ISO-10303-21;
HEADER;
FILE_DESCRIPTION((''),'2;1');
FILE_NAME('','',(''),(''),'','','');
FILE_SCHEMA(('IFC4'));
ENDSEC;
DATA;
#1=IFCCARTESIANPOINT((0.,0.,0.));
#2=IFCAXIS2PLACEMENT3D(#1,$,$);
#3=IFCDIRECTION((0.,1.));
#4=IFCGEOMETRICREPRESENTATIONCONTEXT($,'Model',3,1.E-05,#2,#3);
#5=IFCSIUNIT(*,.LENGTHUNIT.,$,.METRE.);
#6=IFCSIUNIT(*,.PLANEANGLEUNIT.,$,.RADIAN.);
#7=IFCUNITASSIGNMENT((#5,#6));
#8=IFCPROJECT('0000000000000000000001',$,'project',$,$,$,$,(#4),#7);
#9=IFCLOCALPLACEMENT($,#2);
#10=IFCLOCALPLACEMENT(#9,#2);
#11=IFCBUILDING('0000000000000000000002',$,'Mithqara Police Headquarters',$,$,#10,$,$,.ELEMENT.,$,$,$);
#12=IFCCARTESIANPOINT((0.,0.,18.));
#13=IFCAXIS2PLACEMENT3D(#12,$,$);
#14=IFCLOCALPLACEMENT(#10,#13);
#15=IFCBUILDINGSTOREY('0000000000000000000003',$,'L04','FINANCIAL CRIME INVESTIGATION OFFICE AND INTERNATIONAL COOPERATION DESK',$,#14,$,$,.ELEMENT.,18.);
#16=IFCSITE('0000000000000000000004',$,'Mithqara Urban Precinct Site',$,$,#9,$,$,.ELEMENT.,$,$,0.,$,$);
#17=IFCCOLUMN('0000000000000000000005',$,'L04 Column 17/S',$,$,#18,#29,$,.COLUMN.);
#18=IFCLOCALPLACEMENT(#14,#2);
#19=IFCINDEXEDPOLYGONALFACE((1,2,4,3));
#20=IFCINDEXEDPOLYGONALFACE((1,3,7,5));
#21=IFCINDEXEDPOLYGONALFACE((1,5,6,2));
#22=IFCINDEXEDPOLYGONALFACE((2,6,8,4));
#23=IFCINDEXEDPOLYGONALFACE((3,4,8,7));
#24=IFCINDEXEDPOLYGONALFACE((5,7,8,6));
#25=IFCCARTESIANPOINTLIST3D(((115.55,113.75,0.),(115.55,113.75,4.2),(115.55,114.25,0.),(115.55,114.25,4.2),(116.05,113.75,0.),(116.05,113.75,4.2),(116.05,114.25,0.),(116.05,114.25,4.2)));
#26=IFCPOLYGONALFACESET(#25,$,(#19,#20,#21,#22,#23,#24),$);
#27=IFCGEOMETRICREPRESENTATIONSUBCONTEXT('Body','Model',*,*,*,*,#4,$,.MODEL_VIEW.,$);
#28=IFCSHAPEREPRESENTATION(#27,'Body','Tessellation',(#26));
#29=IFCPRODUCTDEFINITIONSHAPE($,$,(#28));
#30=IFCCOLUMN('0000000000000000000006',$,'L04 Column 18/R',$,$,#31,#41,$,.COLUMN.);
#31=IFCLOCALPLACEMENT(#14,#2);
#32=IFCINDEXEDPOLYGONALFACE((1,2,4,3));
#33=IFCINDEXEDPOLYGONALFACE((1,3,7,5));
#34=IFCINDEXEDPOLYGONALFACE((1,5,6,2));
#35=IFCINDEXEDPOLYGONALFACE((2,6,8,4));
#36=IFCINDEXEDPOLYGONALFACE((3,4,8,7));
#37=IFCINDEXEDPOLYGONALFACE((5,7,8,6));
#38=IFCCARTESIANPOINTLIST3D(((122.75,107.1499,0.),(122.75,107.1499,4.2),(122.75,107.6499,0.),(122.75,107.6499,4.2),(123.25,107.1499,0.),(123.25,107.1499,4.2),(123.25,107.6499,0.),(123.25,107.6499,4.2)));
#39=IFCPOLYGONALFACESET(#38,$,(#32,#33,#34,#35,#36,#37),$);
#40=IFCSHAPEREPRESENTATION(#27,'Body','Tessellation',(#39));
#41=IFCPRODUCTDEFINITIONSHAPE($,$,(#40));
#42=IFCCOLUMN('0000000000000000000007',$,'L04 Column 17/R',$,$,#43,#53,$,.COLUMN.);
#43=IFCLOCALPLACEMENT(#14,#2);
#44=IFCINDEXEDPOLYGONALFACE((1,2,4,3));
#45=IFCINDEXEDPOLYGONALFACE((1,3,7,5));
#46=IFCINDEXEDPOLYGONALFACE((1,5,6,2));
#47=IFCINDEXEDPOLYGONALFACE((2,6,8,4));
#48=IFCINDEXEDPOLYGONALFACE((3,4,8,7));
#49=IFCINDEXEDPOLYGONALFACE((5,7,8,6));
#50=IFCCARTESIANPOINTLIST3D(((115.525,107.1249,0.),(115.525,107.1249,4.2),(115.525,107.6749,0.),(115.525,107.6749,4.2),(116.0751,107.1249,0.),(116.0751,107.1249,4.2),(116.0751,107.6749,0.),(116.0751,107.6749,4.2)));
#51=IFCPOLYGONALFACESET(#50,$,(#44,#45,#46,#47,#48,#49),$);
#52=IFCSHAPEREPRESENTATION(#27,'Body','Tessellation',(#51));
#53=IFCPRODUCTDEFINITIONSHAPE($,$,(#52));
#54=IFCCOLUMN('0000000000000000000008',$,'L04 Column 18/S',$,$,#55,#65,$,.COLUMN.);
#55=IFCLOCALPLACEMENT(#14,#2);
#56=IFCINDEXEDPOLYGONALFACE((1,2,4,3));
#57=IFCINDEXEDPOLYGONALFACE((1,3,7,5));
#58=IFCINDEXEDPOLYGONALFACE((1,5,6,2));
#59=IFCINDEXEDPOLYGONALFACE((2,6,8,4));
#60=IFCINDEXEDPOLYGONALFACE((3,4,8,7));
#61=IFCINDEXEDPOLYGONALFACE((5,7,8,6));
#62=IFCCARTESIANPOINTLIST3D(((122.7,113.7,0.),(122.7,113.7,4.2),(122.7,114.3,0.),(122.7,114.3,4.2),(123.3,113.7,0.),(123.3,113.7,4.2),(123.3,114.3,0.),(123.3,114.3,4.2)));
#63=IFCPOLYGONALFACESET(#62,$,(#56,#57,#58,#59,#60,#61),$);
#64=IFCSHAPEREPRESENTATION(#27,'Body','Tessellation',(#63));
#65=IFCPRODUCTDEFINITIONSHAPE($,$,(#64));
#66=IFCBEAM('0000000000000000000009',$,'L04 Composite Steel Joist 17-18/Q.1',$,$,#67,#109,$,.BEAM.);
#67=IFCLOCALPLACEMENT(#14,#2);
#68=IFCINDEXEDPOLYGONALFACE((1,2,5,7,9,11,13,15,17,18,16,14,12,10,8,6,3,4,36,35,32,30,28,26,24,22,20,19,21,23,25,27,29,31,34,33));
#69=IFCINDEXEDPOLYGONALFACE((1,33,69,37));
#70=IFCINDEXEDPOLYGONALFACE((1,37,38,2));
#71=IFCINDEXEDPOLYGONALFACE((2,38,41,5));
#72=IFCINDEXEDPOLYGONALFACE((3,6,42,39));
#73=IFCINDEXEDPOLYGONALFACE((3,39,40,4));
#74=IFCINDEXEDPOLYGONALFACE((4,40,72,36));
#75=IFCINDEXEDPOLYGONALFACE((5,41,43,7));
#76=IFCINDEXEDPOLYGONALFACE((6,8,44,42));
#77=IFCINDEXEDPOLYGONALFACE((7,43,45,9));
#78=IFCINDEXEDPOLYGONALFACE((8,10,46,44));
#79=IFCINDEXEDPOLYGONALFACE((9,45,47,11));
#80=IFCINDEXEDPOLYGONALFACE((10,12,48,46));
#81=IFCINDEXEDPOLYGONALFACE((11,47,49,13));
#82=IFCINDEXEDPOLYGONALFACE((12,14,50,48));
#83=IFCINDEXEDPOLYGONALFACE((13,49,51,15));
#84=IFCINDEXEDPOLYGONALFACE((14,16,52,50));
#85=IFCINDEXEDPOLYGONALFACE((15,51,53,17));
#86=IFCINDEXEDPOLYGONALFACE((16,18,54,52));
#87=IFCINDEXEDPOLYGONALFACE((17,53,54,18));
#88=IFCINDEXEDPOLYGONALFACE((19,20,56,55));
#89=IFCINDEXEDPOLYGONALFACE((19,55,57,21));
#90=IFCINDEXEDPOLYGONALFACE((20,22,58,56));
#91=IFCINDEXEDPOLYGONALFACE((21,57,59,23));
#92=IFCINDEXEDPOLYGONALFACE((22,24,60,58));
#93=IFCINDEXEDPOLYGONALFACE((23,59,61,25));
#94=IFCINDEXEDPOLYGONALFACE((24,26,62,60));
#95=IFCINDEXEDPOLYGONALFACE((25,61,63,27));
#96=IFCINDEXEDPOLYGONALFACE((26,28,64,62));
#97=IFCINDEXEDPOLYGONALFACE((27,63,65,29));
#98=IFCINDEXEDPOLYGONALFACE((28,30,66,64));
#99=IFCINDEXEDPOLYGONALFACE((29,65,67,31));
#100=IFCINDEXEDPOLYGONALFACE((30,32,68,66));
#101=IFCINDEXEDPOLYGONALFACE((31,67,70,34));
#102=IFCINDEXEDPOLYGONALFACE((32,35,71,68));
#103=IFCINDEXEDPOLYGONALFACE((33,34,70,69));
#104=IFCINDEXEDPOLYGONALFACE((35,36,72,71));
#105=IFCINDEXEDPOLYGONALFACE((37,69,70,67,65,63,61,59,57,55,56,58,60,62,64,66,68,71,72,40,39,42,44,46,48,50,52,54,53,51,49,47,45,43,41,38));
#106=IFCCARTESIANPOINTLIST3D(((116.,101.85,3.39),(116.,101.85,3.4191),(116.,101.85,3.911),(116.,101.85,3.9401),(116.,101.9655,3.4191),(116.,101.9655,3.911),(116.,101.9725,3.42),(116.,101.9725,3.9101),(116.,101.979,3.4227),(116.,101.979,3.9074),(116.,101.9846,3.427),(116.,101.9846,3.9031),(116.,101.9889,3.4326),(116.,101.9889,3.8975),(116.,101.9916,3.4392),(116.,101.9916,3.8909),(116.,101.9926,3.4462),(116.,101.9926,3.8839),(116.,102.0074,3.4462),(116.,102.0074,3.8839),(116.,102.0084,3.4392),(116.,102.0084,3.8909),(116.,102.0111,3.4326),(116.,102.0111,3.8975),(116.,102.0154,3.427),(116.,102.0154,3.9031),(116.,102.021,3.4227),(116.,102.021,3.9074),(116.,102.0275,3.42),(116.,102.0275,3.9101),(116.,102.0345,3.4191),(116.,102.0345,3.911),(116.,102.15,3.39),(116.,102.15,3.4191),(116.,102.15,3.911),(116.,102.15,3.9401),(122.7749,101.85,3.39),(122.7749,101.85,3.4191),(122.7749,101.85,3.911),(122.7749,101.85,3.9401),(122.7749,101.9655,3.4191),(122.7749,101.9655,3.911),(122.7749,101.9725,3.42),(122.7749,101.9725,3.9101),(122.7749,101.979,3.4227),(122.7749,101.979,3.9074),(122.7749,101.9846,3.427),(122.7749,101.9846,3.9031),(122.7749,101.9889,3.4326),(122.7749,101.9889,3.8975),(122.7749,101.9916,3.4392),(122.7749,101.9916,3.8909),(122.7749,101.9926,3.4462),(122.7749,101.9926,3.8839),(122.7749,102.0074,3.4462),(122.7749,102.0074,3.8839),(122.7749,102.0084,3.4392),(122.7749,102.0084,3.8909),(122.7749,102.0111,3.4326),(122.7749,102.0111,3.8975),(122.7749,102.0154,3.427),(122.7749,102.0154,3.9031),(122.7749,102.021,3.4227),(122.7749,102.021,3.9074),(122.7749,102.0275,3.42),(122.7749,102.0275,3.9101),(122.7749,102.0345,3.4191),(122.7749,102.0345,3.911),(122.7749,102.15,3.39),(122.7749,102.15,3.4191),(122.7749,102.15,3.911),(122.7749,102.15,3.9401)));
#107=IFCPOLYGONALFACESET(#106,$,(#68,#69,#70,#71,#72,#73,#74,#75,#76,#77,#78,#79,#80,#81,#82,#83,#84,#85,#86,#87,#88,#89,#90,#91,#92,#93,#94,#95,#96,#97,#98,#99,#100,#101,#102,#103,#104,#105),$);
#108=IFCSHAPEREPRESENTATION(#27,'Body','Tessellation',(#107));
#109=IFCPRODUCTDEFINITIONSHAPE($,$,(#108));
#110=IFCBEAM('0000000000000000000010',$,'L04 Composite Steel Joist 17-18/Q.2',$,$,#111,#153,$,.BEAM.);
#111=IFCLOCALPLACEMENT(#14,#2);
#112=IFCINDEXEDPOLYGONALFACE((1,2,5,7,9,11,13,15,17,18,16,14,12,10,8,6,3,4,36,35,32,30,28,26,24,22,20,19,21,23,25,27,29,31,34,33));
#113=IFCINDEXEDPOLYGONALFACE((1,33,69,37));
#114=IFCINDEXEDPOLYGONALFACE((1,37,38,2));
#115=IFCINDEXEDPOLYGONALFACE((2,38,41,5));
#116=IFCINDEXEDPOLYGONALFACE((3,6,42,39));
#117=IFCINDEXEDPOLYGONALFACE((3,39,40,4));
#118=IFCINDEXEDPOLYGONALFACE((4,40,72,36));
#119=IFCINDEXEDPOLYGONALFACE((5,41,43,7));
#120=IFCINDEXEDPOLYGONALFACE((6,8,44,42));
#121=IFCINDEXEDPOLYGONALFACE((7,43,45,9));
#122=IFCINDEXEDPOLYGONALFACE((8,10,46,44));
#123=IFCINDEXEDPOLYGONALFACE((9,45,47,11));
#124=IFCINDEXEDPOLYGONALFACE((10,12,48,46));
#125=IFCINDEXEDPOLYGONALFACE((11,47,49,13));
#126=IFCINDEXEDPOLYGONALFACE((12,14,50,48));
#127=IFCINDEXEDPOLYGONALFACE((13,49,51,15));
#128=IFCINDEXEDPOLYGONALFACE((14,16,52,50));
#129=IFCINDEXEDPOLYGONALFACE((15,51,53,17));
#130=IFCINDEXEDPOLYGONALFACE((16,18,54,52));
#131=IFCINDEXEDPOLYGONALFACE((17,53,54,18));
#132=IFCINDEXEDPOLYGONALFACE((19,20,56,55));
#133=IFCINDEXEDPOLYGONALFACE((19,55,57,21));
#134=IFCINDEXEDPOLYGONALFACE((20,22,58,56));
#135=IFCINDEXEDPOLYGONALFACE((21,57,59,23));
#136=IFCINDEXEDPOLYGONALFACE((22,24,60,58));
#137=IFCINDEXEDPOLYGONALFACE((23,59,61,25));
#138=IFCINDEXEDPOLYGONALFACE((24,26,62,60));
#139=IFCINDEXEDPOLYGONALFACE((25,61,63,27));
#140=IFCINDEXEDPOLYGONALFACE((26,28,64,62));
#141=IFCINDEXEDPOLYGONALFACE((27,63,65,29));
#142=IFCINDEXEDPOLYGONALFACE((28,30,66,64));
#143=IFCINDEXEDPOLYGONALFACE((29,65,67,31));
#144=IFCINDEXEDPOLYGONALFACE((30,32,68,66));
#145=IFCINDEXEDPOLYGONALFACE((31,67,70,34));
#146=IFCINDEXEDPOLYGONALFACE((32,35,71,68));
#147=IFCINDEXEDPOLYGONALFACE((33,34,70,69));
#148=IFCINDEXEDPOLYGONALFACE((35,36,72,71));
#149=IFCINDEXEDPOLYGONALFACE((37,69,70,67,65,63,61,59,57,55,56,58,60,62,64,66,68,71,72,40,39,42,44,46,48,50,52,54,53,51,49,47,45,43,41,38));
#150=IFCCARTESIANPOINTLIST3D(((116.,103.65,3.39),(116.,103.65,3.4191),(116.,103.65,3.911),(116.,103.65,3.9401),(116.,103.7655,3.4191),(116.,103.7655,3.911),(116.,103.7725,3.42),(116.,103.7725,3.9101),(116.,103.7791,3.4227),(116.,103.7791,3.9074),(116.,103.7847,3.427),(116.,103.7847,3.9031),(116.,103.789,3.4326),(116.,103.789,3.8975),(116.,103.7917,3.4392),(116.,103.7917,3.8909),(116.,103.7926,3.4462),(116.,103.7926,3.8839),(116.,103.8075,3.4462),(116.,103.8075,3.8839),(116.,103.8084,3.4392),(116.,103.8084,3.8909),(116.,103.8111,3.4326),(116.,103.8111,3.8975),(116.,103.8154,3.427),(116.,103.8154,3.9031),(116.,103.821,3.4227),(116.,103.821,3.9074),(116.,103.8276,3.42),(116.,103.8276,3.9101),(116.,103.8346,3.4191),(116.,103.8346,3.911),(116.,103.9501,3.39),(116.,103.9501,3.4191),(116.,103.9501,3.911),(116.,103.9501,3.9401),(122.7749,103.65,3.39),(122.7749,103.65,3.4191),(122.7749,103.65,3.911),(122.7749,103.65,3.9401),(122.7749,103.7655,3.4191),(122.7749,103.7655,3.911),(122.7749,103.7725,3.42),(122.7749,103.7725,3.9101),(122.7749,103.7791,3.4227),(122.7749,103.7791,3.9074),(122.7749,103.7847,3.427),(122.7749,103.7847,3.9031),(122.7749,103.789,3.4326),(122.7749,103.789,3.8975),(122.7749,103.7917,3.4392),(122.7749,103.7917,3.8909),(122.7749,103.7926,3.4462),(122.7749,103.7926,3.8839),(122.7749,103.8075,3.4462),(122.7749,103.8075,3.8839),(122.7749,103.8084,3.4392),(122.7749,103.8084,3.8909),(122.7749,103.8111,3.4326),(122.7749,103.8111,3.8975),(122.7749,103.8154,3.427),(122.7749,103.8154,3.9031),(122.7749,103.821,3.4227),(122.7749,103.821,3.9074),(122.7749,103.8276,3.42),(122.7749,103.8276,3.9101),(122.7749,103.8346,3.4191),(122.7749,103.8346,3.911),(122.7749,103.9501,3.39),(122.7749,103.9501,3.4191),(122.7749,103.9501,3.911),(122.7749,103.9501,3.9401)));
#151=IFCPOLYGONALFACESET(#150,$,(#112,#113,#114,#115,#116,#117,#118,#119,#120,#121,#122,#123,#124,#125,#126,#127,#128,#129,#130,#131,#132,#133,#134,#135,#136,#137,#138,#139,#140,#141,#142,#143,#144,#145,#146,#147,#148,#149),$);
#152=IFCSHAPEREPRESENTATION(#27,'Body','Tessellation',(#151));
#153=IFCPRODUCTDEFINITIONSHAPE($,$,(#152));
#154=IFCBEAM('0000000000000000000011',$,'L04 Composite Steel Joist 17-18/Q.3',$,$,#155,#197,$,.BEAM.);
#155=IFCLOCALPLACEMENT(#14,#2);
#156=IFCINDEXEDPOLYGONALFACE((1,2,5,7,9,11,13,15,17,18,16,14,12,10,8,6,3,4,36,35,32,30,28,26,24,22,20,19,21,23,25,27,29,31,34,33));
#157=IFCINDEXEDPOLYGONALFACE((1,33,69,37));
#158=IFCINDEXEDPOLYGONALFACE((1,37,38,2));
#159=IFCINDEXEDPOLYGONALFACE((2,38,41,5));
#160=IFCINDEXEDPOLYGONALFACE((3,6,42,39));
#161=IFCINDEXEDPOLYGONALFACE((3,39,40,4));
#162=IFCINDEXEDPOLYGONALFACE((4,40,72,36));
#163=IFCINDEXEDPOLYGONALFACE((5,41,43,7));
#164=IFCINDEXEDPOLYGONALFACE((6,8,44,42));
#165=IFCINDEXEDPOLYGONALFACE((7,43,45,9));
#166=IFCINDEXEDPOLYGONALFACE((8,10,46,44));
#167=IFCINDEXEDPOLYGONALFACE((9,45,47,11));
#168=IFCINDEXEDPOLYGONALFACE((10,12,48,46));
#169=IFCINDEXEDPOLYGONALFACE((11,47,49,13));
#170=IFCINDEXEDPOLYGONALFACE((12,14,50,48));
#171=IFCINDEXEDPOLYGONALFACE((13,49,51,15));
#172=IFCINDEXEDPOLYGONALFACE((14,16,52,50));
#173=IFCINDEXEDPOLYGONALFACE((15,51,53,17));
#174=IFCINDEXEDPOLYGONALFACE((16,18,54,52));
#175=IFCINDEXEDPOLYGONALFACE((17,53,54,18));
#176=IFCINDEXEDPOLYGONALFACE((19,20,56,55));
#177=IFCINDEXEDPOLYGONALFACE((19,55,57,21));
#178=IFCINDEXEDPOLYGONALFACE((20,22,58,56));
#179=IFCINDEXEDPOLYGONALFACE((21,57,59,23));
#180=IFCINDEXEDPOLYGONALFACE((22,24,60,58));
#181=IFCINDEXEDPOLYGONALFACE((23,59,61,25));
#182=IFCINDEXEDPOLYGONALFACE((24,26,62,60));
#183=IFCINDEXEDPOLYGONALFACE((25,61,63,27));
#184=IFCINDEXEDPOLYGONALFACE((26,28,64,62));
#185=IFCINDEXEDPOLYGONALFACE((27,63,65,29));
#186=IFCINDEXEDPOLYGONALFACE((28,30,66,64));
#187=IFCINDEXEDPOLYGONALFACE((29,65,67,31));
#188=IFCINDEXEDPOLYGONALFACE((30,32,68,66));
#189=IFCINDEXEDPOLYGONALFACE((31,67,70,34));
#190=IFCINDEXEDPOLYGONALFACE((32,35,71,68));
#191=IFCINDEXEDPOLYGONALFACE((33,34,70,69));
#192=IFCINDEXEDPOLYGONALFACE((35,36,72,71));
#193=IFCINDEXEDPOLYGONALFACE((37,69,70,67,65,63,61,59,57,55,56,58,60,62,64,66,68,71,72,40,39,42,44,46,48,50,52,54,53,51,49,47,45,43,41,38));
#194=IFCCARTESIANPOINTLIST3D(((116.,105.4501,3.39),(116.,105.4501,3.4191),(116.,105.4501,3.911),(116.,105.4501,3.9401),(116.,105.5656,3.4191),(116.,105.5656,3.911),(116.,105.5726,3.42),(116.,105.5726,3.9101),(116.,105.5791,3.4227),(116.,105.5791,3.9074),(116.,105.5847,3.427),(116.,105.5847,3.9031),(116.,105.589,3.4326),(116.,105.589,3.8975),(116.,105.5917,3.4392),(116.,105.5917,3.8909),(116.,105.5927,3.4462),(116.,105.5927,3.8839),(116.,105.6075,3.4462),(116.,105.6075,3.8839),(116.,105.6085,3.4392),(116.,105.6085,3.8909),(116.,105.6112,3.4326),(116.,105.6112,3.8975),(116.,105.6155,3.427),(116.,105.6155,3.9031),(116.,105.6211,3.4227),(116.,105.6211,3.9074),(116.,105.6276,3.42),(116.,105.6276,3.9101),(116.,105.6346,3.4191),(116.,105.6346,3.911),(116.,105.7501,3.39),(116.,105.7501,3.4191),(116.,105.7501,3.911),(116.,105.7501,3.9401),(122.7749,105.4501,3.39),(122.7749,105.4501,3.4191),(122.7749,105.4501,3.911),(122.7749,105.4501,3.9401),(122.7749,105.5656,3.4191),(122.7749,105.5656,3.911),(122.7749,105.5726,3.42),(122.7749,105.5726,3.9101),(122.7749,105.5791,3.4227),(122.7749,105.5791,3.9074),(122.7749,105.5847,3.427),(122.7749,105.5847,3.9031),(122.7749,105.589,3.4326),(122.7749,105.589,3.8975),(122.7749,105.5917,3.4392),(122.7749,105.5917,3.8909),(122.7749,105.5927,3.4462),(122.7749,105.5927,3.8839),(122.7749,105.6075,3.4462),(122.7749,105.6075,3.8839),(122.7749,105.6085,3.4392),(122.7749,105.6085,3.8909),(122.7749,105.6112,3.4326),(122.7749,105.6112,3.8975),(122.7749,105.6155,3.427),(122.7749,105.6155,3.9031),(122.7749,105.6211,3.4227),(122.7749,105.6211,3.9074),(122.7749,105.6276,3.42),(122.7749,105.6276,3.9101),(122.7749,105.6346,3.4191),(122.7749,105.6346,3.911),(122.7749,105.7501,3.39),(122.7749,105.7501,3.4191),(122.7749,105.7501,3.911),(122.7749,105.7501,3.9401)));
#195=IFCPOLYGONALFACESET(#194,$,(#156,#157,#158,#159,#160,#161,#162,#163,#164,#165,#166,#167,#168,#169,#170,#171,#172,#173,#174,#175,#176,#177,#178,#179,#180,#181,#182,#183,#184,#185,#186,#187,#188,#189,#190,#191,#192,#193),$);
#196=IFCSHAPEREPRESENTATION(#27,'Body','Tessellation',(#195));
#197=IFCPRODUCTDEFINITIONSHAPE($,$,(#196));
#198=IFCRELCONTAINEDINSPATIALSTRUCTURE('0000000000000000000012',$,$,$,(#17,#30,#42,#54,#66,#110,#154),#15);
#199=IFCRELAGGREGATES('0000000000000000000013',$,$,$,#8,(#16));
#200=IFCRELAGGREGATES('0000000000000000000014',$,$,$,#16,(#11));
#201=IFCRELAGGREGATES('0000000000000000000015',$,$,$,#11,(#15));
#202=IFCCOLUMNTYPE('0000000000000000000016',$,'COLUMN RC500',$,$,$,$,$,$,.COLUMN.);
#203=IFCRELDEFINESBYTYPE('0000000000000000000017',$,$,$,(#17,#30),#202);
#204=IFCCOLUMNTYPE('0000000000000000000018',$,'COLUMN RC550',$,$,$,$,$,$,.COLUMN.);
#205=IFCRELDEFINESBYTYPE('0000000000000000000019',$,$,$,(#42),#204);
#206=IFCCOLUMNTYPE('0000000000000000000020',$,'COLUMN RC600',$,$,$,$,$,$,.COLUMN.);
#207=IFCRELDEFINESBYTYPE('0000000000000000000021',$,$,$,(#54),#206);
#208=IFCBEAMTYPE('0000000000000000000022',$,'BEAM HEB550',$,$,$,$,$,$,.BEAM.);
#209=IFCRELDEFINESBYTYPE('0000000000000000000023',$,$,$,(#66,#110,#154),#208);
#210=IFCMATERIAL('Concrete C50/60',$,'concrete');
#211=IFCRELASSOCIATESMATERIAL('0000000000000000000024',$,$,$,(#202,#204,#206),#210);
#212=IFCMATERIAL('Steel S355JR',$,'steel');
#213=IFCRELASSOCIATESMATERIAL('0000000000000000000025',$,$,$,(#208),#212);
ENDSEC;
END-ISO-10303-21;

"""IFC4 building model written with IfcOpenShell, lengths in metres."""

from ifc_helpers import new_model, si_unit, direction, frame, origin, origin_2d, place, context, subcontext, project, spatial, rectangle, i_section, extrude, material, material_profile, profile_set, type_object, element, save


model = new_model("IFC4")

# Units and contexts
model_context = context("Model", 3, precision=1e-05, world=origin(), true_north=direction((0.0, 1.0)))
body_context = subcontext(model_context, "Body", "Model", "MODEL_VIEW")
ifc_project = project(units=[si_unit("LENGTHUNIT", "METRE"), si_unit("PLANEANGLEUNIT", "RADIAN")], contexts=[model_context])

# Site, building, storey
site_placement = place(None, origin())
site = spatial("IfcSite", under=ifc_project, at=site_placement, Name="Mithqara Urban Precinct Site", CompositionType="ELEMENT", RefElevation=0.0)
building_placement = place(site_placement, origin())
building = spatial("IfcBuilding", under=site, at=building_placement, Name="Mithqara Police Headquarters", CompositionType="ELEMENT")
storey_placement = place(building_placement, frame((0.0, 0.0, 18.0)))
storey = spatial("IfcBuildingStorey", under=building, at=storey_placement, Name="L04", Description="FINANCIAL CRIME INVESTIGATION OFFICE AND INTERNATIONAL COOPERATION DESK", CompositionType="ELEMENT", Elevation=18.0)

# Columns
ifc_material_1 = material(Name="Concrete C50/60", Category="concrete")
ifc_material_profile_1 = material_profile(ifc_material_1, rectangle(XDim=0.5, YDim=0.5, at=origin_2d()), Name="RC 500x500")
ifc_profile_set_1 = profile_set([ifc_material_profile_1], Name="Concrete C50/60")
column_type_1 = type_object("IfcColumnType", Name="COLUMN RC500", PredefinedType="COLUMN", material=ifc_profile_set_1)
for number, where, z_axis, x_axis, name in (
    (1, (115.8, 114.0, 0.0), (0.0, 0.0, 1.0), (1.0, 0.0, 0.0), "L04 Column 17/S"),
    (2, (123.0, 107.3999, 0.0), (0.0, 0.0, 1.0), (1.0, 0.0, 0.0), "L04 Column 18/R"),
):
    element("IfcColumn", number, at=place(storey_placement, frame(where, z_axis=z_axis, x_axis=x_axis)), inside=storey, type_object=column_type_1, Name=name, PredefinedType="COLUMN", context=body_context, shape_type="SweptSolid", body=[
        extrude(rectangle(XDim=0.5, YDim=0.5, at=origin_2d()), origin(), (0.0, 0.0, 1.0), 4.2),
    ])
ifc_material_profile_2 = material_profile(ifc_material_1, rectangle(XDim=0.55, YDim=0.55, at=origin_2d()), Name="RC 550x550")
ifc_profile_set_2 = profile_set([ifc_material_profile_2], Name="Concrete C50/60")
column_type_2 = type_object("IfcColumnType", Name="COLUMN RC550", PredefinedType="COLUMN", material=ifc_profile_set_2)
column_1_placement = place(storey_placement, frame((115.8, 107.3999, 0.0), z_axis=(0.0, 0.0, 1.0), x_axis=(1.0, 0.0, 0.0)))
element("IfcColumn", 3, at=column_1_placement, inside=storey, type_object=column_type_2, Name="L04 Column 17/R", PredefinedType="COLUMN", context=body_context, shape_type="SweptSolid", body=[
    extrude(rectangle(XDim=0.55, YDim=0.55, at=origin_2d()), origin(), (0.0, 0.0, 1.0), 4.2),
])
ifc_material_profile_3 = material_profile(ifc_material_1, rectangle(XDim=0.6001, YDim=0.6001, at=origin_2d()), Name="RC 600x600")
ifc_profile_set_3 = profile_set([ifc_material_profile_3], Name="Concrete C50/60")
column_type_3 = type_object("IfcColumnType", Name="COLUMN RC600", PredefinedType="COLUMN", material=ifc_profile_set_3)
column_2_placement = place(storey_placement, frame((123.0, 114.0, 0.0), z_axis=(0.0, 0.0, 1.0), x_axis=(1.0, 0.0, 0.0)))
element("IfcColumn", 4, at=column_2_placement, inside=storey, type_object=column_type_3, Name="L04 Column 18/S", PredefinedType="COLUMN", context=body_context, shape_type="SweptSolid", body=[
    extrude(rectangle(XDim=0.6001, YDim=0.6001, at=origin_2d()), origin(), (0.0, 0.0, 1.0), 4.2),
])

# Beams
ifc_material_2 = material(Name="Steel S355JR", Category="steel")
ifc_material_profile_4 = material_profile(ifc_material_2, i_section(OverallWidth=0.3, OverallDepth=0.55, WebThickness=0.0149, FlangeThickness=0.0291, FilletRadius=0.0271, at=origin_2d()), Name="HEB 550")
ifc_profile_set_4 = profile_set([ifc_material_profile_4], Name="Steel S355JR")
beam_type_1 = type_object("IfcBeamType", Name="BEAM HEB550", PredefinedType="BEAM", material=ifc_profile_set_4)
for number, where, z_axis, x_axis, name in (
    (5, (116.0, 102.0, 3.665), (1.0, 0.0, 0.0), (0.0, 1.0, 0.0), "L04 Composite Steel Joist 17-18/Q.1"),
    (6, (116.0, 103.8, 3.665), (1.0, 0.0, 0.0), (0.0, 1.0, 0.0), "L04 Composite Steel Joist 17-18/Q.2"),
    (7, (116.0, 105.6001, 3.665), (1.0, 0.0, 0.0), (0.0, 1.0, 0.0), "L04 Composite Steel Joist 17-18/Q.3"),
):
    element("IfcBeam", number, at=place(storey_placement, frame(where, z_axis=z_axis, x_axis=x_axis)), inside=storey, type_object=beam_type_1, Name=name, PredefinedType="BEAM", context=body_context, shape_type="SweptSolid", body=[
        extrude(i_section(OverallWidth=0.3, OverallDepth=0.55, WebThickness=0.0149, FlangeThickness=0.0291, FilletRadius=0.0271, at=origin_2d()), origin(), (0.0, 0.0, 1.0), 6.7749),
    ])

save(model, "model.ifc")
